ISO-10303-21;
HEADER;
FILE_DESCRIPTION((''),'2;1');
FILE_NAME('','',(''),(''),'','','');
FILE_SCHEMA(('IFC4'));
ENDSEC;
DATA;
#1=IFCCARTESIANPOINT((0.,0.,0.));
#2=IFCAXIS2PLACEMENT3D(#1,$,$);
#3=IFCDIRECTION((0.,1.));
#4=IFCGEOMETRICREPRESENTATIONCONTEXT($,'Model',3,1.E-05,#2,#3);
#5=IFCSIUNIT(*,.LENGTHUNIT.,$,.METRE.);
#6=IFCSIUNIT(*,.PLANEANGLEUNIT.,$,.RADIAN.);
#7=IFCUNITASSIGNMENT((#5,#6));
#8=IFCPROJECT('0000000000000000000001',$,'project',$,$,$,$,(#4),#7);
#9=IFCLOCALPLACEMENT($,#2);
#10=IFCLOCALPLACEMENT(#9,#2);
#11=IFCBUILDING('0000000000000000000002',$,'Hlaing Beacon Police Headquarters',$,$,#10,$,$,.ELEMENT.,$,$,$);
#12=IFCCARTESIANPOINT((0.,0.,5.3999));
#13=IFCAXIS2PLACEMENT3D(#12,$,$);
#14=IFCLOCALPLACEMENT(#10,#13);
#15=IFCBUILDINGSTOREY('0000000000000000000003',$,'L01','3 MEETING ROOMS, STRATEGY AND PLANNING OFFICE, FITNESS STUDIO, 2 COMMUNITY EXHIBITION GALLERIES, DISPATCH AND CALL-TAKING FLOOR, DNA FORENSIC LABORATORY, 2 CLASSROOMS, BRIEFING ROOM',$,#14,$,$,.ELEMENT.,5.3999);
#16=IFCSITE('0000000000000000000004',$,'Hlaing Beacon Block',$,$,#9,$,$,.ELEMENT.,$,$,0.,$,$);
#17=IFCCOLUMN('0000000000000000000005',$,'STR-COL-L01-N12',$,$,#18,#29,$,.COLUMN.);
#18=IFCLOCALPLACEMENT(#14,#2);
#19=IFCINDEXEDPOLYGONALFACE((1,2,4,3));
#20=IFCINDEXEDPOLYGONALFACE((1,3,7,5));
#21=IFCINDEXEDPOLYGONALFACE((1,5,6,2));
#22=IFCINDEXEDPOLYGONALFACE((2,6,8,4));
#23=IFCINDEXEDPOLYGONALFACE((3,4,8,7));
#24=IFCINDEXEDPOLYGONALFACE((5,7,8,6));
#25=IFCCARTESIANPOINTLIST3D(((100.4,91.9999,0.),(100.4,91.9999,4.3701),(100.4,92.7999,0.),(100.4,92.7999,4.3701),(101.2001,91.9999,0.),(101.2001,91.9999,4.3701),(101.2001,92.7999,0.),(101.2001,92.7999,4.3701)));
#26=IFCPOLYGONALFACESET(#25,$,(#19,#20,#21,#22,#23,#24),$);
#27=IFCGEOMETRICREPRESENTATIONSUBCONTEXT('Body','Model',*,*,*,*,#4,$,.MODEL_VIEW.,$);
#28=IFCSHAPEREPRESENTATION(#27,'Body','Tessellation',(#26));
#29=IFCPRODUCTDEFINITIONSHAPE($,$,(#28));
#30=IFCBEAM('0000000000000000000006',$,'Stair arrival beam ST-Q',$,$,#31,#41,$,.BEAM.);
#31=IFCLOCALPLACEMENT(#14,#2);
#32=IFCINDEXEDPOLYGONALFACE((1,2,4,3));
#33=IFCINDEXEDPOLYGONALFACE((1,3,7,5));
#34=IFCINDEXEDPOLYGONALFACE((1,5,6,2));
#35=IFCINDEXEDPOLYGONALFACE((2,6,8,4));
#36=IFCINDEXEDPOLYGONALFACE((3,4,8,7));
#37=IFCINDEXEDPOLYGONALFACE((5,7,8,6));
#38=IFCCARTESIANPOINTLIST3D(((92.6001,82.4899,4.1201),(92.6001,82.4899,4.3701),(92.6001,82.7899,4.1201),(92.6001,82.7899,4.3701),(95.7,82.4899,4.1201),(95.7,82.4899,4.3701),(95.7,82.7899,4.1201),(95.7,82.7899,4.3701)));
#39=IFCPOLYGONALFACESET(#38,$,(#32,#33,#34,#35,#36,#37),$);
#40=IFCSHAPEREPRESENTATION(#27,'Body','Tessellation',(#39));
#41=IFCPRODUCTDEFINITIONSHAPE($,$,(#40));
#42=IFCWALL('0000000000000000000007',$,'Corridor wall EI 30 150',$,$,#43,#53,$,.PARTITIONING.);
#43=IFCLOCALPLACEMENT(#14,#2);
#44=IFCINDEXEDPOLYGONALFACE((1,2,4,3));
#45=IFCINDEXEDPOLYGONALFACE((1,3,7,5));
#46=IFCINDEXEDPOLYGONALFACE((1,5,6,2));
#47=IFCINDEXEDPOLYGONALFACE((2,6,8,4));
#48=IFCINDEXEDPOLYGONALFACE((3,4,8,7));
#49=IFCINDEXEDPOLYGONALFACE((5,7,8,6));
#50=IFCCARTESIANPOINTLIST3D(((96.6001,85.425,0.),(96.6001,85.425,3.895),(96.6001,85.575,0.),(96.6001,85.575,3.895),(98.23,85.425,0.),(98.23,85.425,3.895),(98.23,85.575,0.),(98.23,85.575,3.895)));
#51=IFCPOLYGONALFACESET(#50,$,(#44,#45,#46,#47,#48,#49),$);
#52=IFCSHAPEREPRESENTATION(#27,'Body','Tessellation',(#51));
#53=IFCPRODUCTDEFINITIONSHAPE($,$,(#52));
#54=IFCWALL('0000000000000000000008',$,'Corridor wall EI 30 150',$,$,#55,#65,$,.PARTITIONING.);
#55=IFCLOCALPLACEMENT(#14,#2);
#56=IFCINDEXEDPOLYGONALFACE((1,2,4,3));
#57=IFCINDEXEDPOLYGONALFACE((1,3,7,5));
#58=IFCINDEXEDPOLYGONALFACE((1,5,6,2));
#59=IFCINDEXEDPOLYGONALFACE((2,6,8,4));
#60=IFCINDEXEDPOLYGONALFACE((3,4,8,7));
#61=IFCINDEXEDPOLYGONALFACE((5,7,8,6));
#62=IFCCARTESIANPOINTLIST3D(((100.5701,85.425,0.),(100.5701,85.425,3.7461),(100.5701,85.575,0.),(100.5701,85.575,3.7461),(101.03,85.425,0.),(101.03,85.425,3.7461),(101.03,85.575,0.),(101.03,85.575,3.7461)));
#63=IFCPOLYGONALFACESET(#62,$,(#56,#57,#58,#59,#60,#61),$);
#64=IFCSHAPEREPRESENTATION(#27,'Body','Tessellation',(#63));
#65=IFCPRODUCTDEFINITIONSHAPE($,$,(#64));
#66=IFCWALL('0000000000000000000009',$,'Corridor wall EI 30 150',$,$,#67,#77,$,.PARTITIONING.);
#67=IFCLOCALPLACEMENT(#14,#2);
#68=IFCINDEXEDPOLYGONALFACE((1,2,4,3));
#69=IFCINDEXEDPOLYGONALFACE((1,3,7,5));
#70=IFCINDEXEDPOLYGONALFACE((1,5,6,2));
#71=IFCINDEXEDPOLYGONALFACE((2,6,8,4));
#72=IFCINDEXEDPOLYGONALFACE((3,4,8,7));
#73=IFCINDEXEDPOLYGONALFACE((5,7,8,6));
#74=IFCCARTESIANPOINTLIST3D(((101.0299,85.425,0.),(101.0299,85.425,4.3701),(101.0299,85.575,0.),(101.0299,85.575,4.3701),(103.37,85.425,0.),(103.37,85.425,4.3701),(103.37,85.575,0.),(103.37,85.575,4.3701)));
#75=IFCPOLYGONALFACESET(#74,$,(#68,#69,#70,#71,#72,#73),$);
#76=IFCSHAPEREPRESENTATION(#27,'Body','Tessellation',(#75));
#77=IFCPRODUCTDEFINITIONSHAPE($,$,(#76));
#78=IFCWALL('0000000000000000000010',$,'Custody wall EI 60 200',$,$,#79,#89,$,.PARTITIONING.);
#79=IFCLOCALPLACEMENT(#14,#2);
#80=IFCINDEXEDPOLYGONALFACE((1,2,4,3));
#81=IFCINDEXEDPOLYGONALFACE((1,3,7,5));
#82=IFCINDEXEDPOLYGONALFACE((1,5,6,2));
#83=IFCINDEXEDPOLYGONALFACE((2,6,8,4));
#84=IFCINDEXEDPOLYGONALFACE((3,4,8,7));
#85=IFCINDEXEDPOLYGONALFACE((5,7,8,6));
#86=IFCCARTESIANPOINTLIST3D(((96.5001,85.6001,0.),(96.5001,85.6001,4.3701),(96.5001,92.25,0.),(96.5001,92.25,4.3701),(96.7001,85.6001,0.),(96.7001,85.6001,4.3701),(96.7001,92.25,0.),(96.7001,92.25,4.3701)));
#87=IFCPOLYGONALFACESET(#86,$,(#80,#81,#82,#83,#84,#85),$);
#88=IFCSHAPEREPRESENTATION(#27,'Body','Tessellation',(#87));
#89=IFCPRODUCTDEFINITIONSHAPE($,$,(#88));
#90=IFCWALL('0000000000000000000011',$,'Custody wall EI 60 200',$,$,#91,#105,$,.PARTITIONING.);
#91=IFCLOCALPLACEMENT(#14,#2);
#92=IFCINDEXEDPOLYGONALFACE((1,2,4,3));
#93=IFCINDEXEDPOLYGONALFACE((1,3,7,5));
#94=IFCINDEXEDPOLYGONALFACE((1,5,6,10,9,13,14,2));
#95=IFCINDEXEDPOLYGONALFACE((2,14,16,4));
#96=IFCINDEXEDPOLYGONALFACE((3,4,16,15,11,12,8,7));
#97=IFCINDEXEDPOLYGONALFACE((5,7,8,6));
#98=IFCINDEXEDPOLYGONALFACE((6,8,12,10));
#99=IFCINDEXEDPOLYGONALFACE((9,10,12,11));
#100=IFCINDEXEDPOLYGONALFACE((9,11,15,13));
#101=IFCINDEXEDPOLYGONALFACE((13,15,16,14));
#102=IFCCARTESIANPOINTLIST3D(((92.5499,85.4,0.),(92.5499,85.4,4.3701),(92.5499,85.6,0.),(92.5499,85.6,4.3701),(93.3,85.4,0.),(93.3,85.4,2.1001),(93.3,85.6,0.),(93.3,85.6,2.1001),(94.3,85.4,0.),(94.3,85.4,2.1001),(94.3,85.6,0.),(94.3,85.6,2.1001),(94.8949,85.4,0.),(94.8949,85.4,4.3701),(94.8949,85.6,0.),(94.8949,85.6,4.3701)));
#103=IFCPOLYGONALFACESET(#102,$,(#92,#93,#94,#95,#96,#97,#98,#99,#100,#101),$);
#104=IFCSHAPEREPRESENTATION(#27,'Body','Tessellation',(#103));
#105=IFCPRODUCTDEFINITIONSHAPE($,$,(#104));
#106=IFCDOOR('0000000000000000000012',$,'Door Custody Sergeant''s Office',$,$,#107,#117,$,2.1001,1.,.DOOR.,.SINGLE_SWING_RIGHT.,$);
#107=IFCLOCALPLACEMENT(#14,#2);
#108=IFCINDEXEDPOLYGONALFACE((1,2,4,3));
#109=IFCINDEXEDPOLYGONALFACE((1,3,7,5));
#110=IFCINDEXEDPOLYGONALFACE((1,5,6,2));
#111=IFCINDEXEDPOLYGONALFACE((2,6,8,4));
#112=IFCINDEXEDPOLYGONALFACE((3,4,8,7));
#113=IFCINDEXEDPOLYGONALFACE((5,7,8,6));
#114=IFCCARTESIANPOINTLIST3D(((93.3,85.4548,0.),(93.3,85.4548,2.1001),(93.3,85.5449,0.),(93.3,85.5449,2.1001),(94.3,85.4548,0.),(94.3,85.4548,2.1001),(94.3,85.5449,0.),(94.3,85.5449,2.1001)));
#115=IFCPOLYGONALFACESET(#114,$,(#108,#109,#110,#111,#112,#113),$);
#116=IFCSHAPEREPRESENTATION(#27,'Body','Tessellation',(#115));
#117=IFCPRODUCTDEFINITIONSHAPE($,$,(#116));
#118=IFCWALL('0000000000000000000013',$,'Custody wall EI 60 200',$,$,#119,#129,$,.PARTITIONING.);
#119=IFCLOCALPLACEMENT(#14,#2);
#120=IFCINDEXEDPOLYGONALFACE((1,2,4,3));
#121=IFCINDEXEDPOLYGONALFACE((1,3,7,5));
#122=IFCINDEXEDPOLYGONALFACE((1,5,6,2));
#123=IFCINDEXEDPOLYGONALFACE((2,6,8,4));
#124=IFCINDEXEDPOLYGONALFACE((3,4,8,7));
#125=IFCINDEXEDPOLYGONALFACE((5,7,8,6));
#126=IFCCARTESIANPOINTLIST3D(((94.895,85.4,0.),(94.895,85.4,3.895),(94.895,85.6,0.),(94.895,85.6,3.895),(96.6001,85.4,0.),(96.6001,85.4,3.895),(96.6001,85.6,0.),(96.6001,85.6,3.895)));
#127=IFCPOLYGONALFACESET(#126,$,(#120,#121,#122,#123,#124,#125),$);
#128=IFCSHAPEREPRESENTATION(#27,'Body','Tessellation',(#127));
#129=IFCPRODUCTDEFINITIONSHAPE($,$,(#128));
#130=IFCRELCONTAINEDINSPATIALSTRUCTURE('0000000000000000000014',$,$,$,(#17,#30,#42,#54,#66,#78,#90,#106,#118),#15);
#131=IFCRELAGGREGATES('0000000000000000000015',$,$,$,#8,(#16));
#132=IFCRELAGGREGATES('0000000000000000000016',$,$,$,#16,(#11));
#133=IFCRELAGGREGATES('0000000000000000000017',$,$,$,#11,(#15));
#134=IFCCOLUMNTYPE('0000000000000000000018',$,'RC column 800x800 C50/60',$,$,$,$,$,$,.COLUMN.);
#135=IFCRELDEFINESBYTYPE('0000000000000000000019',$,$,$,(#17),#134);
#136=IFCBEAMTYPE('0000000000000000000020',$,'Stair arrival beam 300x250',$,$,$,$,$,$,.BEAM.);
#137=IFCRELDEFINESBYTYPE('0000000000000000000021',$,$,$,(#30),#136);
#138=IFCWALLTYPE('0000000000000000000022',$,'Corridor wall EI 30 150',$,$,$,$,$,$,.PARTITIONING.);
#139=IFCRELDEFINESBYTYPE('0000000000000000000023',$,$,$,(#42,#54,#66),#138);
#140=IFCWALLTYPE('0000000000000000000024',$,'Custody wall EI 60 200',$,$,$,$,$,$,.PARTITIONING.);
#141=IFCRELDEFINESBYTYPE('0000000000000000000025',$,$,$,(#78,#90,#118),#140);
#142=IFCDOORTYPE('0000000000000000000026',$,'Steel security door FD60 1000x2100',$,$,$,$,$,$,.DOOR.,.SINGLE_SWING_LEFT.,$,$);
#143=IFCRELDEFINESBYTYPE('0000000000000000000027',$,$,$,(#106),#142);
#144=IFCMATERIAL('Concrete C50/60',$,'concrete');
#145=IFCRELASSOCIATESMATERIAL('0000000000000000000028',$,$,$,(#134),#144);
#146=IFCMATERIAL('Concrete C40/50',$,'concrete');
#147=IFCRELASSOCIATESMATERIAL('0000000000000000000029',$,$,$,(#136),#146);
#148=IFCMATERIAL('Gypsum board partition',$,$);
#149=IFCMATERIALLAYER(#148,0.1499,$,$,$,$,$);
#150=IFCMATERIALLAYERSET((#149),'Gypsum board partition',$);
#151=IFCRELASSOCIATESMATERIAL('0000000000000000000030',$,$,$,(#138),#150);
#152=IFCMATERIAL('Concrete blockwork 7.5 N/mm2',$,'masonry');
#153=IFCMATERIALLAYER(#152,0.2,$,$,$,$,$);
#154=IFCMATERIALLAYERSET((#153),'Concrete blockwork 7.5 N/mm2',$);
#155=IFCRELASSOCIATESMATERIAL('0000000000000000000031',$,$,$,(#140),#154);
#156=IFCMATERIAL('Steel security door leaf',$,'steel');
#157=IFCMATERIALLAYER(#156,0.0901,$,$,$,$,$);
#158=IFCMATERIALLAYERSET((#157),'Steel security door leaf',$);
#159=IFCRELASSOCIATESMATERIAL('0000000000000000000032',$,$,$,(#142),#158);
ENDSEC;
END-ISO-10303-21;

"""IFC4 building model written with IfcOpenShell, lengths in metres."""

from ifc_helpers import new_model, si_unit, direction, frame, frame_2d, origin, origin_2d, place, context, subcontext, project, spatial, rectangle, extrude, material, layer, layer_set, material_profile, profile_set, type_object, element, fill, save


model = new_model("IFC4")

# Units and contexts
model_context = context("Model", 3, precision=1e-05, world=origin(), true_north=direction((0.0, 1.0)))
body_context = subcontext(model_context, "Body", "Model", "MODEL_VIEW")
ifc_project = project(units=[si_unit("LENGTHUNIT", "METRE"), si_unit("PLANEANGLEUNIT", "RADIAN")], contexts=[model_context])

# Site, building, storey
site_placement = place(None, origin())
site = spatial("IfcSite", under=ifc_project, at=site_placement, Name="Hlaing Beacon Block", CompositionType="ELEMENT", RefElevation=0.0)
building_placement = place(site_placement, origin())
building = spatial("IfcBuilding", under=site, at=building_placement, Name="Hlaing Beacon Police Headquarters", CompositionType="ELEMENT")
storey_placement = place(building_placement, frame((0.0, 0.0, 5.3999)))
storey = spatial("IfcBuildingStorey", under=building, at=storey_placement, Name="L01", Description="3 MEETING ROOMS, STRATEGY AND PLANNING OFFICE, FITNESS STUDIO, 2 COMMUNITY EXHIBITION GALLERIES, DISPATCH AND CALL-TAKING FLOOR, DNA FORENSIC LABORATORY, 2 CLASSROOMS, BRIEFING ROOM", CompositionType="ELEMENT", Elevation=5.3999)

# Column
ifc_material_1 = material(Name="Concrete C50/60", Category="concrete")
ifc_material_profile_1 = material_profile(ifc_material_1, rectangle(XDim=0.8, YDim=0.8, at=origin_2d()), Name="800x800")
ifc_profile_set_1 = profile_set([ifc_material_profile_1], Name="Concrete C50/60")
column_type = type_object("IfcColumnType", Name="RC column 800x800 C50/60", PredefinedType="COLUMN", material=ifc_profile_set_1)
column_placement = place(storey_placement, frame((100.8, 92.3999, 0.0), z_axis=(0.0, 0.0, 1.0), x_axis=(1.0, 0.0, 0.0)))
element("IfcColumn", 1, at=column_placement, inside=storey, type_object=column_type, Name="STR-COL-L01-N12", PredefinedType="COLUMN", context=body_context, shape_type="SweptSolid", body=[
    extrude(rectangle(XDim=0.8, YDim=0.8, at=origin_2d()), origin(), (0.0, 0.0, 1.0), 4.3701),
])

# Beam
ifc_material_2 = material(Name="Concrete C40/50", Category="concrete")
ifc_material_profile_2 = material_profile(ifc_material_2, rectangle(XDim=0.3, YDim=0.25, at=origin_2d()), Name="Stair arrival beam 300x250")
ifc_profile_set_2 = profile_set([ifc_material_profile_2], Name="Concrete C40/50")
beam_type = type_object("IfcBeamType", Name="Stair arrival beam 300x250", PredefinedType="BEAM", material=ifc_profile_set_2)
beam_placement = place(storey_placement, frame((92.6001, 82.6399, 4.2451), z_axis=(1.0, 0.0, 0.0), x_axis=(0.0, 1.0, 0.0)))
element("IfcBeam", 2, at=beam_placement, inside=storey, type_object=beam_type, Name="Stair arrival beam ST-Q", PredefinedType="BEAM", context=body_context, shape_type="SweptSolid", body=[
    extrude(rectangle(XDim=0.3, YDim=0.25, at=origin_2d()), origin(), (0.0, 0.0, 1.0), 3.0999),
])

# Wall
ifc_material_3 = material(Name="Gypsum board partition")
ifc_layer_1 = layer(ifc_material_3, 0.1499)
ifc_layer_set_1 = layer_set([ifc_layer_1], Name="Gypsum board partition")
wall_type_1 = type_object("IfcWallType", Name="Corridor wall EI 30 150", PredefinedType="PARTITIONING", material=ifc_layer_set_1)
wall_1_placement = place(storey_placement, frame((96.6001, 85.5, 0.0), z_axis=(0.0, 0.0, 1.0), x_axis=(1.0, 0.0, 0.0)))
element("IfcWall", 3, at=wall_1_placement, inside=storey, type_object=wall_type_1, Name="Corridor wall EI 30 150", PredefinedType="PARTITIONING", context=body_context, shape_type="SweptSolid", body=[
    extrude(rectangle(XDim=1.6299, YDim=0.1499, at=frame_2d((0.8149, 0.0))), origin(), (0.0, 0.0, 1.0), 3.895),
])

# Walls
wall_2_placement = place(storey_placement, frame((100.5701, 85.5, 0.0), z_axis=(0.0, 0.0, 1.0), x_axis=(1.0, 0.0, 0.0)))
element("IfcWall", 4, at=wall_2_placement, inside=storey, type_object=wall_type_1, Name="Corridor wall EI 30 150", PredefinedType="PARTITIONING", context=body_context, shape_type="SweptSolid", body=[
    extrude(rectangle(XDim=0.46, YDim=0.1499, at=frame_2d((0.23, 0.0))), origin(), (0.0, 0.0, 1.0), 3.7461),
])
wall_3_placement = place(storey_placement, frame((101.03, 85.5, 0.0), z_axis=(0.0, 0.0, 1.0), x_axis=(1.0, 0.0, 0.0)))
element("IfcWall", 5, at=wall_3_placement, inside=storey, type_object=wall_type_1, Name="Corridor wall EI 30 150", PredefinedType="PARTITIONING", context=body_context, shape_type="SweptSolid", body=[
    extrude(rectangle(XDim=2.3401, YDim=0.1499, at=frame_2d((1.1699, 0.0))), origin(), (0.0, 0.0, 1.0), 4.3701),
])
ifc_material_4 = material(Name="Concrete blockwork 7.5 N/mm2", Category="masonry")
ifc_layer_2 = layer(ifc_material_4, 0.2)
ifc_layer_set_2 = layer_set([ifc_layer_2], Name="Concrete blockwork 7.5 N/mm2")
wall_type_2 = type_object("IfcWallType", Name="Custody wall EI 60 200", PredefinedType="PARTITIONING", material=ifc_layer_set_2)
wall_4_placement = place(storey_placement, frame((96.6001, 85.6001, 0.0), z_axis=(0.0, 0.0, 1.0), x_axis=(0.0, 1.0, 0.0)))
element("IfcWall", 6, at=wall_4_placement, inside=storey, type_object=wall_type_2, Name="Custody wall EI 60 200", PredefinedType="PARTITIONING", context=body_context, shape_type="SweptSolid", body=[
    extrude(rectangle(XDim=6.6499, YDim=0.2, at=frame_2d((3.325, 0.0))), origin(), (0.0, 0.0, 1.0), 4.3701),
])

# Wall, opening, door
wall_5_placement = place(storey_placement, frame((92.55, 85.5, 0.0), z_axis=(0.0, 0.0, 1.0), x_axis=(1.0, 0.0, 0.0)))
wall_5 = element("IfcWall", 7, at=wall_5_placement, inside=storey, type_object=wall_type_2, Name="Custody wall EI 60 200", PredefinedType="PARTITIONING", context=body_context, shape_type="SweptSolid", body=[
    extrude(rectangle(XDim=2.345, YDim=0.2, at=frame_2d((1.1724, 0.0))), origin(), (0.0, 0.0, 1.0), 4.3701),
])
opening_1_placement = place(wall_5_placement, frame((0.75, 0.0, 0.0)))
opening_1 = element("IfcOpeningElement", 8, at=opening_1_placement, cuts=wall_5, PredefinedType="OPENING", context=body_context, shape_type="SweptSolid", body=[
    extrude(rectangle(XDim=1.0, YDim=2.1001, at=frame_2d((0.5, 1.05))), frame((0.0, 0.1099, 0.0), z_axis=(0.0, -1.0, 0.0), x_axis=(1.0, 0.0, 0.0)), (0.0, 0.0, 1.0), 0.22),
])
ifc_material_5 = material(Name="Steel security door leaf", Category="steel")
ifc_layer_3 = layer(ifc_material_5, 0.0901)
ifc_layer_set_3 = layer_set([ifc_layer_3], Name="Steel security door leaf")
door_type_1 = type_object("IfcDoorType", Name="Steel security door FD60 1000x2100", OperationType="SINGLE_SWING_LEFT", PredefinedType="DOOR", material=ifc_layer_set_3)
door_1_placement = place(opening_1_placement, origin())
door_1 = element("IfcDoor", 9, at=door_1_placement, inside=storey, type_object=door_type_1, Name="Door Custody Sergeant's Office", OperationType="SINGLE_SWING_RIGHT", OverallHeight=2.1001, OverallWidth=1.0, PredefinedType="DOOR", context=body_context, shape_type="SweptSolid", body=[
    extrude(rectangle(XDim=1.0, YDim=2.1001, at=frame_2d((0.5, 1.05))), frame((0.0, 0.0449, 0.0), z_axis=(0.0, -1.0, 0.0), x_axis=(1.0, 0.0, 0.0)), (0.0, 0.0, 1.0), 0.0901),
])
fill(opening_1, door_1)

# Wall
wall_6_placement = place(storey_placement, frame((94.895, 85.5, 0.0), z_axis=(0.0, 0.0, 1.0), x_axis=(1.0, 0.0, 0.0)))
element("IfcWall", 10, at=wall_6_placement, inside=storey, type_object=wall_type_2, Name="Custody wall EI 60 200", PredefinedType="PARTITIONING", context=body_context, shape_type="SweptSolid", body=[
    extrude(rectangle(XDim=1.7051, YDim=0.2, at=frame_2d((0.8525, 0.0))), origin(), (0.0, 0.0, 1.0), 3.895),
])

save(model, "model.ifc")
